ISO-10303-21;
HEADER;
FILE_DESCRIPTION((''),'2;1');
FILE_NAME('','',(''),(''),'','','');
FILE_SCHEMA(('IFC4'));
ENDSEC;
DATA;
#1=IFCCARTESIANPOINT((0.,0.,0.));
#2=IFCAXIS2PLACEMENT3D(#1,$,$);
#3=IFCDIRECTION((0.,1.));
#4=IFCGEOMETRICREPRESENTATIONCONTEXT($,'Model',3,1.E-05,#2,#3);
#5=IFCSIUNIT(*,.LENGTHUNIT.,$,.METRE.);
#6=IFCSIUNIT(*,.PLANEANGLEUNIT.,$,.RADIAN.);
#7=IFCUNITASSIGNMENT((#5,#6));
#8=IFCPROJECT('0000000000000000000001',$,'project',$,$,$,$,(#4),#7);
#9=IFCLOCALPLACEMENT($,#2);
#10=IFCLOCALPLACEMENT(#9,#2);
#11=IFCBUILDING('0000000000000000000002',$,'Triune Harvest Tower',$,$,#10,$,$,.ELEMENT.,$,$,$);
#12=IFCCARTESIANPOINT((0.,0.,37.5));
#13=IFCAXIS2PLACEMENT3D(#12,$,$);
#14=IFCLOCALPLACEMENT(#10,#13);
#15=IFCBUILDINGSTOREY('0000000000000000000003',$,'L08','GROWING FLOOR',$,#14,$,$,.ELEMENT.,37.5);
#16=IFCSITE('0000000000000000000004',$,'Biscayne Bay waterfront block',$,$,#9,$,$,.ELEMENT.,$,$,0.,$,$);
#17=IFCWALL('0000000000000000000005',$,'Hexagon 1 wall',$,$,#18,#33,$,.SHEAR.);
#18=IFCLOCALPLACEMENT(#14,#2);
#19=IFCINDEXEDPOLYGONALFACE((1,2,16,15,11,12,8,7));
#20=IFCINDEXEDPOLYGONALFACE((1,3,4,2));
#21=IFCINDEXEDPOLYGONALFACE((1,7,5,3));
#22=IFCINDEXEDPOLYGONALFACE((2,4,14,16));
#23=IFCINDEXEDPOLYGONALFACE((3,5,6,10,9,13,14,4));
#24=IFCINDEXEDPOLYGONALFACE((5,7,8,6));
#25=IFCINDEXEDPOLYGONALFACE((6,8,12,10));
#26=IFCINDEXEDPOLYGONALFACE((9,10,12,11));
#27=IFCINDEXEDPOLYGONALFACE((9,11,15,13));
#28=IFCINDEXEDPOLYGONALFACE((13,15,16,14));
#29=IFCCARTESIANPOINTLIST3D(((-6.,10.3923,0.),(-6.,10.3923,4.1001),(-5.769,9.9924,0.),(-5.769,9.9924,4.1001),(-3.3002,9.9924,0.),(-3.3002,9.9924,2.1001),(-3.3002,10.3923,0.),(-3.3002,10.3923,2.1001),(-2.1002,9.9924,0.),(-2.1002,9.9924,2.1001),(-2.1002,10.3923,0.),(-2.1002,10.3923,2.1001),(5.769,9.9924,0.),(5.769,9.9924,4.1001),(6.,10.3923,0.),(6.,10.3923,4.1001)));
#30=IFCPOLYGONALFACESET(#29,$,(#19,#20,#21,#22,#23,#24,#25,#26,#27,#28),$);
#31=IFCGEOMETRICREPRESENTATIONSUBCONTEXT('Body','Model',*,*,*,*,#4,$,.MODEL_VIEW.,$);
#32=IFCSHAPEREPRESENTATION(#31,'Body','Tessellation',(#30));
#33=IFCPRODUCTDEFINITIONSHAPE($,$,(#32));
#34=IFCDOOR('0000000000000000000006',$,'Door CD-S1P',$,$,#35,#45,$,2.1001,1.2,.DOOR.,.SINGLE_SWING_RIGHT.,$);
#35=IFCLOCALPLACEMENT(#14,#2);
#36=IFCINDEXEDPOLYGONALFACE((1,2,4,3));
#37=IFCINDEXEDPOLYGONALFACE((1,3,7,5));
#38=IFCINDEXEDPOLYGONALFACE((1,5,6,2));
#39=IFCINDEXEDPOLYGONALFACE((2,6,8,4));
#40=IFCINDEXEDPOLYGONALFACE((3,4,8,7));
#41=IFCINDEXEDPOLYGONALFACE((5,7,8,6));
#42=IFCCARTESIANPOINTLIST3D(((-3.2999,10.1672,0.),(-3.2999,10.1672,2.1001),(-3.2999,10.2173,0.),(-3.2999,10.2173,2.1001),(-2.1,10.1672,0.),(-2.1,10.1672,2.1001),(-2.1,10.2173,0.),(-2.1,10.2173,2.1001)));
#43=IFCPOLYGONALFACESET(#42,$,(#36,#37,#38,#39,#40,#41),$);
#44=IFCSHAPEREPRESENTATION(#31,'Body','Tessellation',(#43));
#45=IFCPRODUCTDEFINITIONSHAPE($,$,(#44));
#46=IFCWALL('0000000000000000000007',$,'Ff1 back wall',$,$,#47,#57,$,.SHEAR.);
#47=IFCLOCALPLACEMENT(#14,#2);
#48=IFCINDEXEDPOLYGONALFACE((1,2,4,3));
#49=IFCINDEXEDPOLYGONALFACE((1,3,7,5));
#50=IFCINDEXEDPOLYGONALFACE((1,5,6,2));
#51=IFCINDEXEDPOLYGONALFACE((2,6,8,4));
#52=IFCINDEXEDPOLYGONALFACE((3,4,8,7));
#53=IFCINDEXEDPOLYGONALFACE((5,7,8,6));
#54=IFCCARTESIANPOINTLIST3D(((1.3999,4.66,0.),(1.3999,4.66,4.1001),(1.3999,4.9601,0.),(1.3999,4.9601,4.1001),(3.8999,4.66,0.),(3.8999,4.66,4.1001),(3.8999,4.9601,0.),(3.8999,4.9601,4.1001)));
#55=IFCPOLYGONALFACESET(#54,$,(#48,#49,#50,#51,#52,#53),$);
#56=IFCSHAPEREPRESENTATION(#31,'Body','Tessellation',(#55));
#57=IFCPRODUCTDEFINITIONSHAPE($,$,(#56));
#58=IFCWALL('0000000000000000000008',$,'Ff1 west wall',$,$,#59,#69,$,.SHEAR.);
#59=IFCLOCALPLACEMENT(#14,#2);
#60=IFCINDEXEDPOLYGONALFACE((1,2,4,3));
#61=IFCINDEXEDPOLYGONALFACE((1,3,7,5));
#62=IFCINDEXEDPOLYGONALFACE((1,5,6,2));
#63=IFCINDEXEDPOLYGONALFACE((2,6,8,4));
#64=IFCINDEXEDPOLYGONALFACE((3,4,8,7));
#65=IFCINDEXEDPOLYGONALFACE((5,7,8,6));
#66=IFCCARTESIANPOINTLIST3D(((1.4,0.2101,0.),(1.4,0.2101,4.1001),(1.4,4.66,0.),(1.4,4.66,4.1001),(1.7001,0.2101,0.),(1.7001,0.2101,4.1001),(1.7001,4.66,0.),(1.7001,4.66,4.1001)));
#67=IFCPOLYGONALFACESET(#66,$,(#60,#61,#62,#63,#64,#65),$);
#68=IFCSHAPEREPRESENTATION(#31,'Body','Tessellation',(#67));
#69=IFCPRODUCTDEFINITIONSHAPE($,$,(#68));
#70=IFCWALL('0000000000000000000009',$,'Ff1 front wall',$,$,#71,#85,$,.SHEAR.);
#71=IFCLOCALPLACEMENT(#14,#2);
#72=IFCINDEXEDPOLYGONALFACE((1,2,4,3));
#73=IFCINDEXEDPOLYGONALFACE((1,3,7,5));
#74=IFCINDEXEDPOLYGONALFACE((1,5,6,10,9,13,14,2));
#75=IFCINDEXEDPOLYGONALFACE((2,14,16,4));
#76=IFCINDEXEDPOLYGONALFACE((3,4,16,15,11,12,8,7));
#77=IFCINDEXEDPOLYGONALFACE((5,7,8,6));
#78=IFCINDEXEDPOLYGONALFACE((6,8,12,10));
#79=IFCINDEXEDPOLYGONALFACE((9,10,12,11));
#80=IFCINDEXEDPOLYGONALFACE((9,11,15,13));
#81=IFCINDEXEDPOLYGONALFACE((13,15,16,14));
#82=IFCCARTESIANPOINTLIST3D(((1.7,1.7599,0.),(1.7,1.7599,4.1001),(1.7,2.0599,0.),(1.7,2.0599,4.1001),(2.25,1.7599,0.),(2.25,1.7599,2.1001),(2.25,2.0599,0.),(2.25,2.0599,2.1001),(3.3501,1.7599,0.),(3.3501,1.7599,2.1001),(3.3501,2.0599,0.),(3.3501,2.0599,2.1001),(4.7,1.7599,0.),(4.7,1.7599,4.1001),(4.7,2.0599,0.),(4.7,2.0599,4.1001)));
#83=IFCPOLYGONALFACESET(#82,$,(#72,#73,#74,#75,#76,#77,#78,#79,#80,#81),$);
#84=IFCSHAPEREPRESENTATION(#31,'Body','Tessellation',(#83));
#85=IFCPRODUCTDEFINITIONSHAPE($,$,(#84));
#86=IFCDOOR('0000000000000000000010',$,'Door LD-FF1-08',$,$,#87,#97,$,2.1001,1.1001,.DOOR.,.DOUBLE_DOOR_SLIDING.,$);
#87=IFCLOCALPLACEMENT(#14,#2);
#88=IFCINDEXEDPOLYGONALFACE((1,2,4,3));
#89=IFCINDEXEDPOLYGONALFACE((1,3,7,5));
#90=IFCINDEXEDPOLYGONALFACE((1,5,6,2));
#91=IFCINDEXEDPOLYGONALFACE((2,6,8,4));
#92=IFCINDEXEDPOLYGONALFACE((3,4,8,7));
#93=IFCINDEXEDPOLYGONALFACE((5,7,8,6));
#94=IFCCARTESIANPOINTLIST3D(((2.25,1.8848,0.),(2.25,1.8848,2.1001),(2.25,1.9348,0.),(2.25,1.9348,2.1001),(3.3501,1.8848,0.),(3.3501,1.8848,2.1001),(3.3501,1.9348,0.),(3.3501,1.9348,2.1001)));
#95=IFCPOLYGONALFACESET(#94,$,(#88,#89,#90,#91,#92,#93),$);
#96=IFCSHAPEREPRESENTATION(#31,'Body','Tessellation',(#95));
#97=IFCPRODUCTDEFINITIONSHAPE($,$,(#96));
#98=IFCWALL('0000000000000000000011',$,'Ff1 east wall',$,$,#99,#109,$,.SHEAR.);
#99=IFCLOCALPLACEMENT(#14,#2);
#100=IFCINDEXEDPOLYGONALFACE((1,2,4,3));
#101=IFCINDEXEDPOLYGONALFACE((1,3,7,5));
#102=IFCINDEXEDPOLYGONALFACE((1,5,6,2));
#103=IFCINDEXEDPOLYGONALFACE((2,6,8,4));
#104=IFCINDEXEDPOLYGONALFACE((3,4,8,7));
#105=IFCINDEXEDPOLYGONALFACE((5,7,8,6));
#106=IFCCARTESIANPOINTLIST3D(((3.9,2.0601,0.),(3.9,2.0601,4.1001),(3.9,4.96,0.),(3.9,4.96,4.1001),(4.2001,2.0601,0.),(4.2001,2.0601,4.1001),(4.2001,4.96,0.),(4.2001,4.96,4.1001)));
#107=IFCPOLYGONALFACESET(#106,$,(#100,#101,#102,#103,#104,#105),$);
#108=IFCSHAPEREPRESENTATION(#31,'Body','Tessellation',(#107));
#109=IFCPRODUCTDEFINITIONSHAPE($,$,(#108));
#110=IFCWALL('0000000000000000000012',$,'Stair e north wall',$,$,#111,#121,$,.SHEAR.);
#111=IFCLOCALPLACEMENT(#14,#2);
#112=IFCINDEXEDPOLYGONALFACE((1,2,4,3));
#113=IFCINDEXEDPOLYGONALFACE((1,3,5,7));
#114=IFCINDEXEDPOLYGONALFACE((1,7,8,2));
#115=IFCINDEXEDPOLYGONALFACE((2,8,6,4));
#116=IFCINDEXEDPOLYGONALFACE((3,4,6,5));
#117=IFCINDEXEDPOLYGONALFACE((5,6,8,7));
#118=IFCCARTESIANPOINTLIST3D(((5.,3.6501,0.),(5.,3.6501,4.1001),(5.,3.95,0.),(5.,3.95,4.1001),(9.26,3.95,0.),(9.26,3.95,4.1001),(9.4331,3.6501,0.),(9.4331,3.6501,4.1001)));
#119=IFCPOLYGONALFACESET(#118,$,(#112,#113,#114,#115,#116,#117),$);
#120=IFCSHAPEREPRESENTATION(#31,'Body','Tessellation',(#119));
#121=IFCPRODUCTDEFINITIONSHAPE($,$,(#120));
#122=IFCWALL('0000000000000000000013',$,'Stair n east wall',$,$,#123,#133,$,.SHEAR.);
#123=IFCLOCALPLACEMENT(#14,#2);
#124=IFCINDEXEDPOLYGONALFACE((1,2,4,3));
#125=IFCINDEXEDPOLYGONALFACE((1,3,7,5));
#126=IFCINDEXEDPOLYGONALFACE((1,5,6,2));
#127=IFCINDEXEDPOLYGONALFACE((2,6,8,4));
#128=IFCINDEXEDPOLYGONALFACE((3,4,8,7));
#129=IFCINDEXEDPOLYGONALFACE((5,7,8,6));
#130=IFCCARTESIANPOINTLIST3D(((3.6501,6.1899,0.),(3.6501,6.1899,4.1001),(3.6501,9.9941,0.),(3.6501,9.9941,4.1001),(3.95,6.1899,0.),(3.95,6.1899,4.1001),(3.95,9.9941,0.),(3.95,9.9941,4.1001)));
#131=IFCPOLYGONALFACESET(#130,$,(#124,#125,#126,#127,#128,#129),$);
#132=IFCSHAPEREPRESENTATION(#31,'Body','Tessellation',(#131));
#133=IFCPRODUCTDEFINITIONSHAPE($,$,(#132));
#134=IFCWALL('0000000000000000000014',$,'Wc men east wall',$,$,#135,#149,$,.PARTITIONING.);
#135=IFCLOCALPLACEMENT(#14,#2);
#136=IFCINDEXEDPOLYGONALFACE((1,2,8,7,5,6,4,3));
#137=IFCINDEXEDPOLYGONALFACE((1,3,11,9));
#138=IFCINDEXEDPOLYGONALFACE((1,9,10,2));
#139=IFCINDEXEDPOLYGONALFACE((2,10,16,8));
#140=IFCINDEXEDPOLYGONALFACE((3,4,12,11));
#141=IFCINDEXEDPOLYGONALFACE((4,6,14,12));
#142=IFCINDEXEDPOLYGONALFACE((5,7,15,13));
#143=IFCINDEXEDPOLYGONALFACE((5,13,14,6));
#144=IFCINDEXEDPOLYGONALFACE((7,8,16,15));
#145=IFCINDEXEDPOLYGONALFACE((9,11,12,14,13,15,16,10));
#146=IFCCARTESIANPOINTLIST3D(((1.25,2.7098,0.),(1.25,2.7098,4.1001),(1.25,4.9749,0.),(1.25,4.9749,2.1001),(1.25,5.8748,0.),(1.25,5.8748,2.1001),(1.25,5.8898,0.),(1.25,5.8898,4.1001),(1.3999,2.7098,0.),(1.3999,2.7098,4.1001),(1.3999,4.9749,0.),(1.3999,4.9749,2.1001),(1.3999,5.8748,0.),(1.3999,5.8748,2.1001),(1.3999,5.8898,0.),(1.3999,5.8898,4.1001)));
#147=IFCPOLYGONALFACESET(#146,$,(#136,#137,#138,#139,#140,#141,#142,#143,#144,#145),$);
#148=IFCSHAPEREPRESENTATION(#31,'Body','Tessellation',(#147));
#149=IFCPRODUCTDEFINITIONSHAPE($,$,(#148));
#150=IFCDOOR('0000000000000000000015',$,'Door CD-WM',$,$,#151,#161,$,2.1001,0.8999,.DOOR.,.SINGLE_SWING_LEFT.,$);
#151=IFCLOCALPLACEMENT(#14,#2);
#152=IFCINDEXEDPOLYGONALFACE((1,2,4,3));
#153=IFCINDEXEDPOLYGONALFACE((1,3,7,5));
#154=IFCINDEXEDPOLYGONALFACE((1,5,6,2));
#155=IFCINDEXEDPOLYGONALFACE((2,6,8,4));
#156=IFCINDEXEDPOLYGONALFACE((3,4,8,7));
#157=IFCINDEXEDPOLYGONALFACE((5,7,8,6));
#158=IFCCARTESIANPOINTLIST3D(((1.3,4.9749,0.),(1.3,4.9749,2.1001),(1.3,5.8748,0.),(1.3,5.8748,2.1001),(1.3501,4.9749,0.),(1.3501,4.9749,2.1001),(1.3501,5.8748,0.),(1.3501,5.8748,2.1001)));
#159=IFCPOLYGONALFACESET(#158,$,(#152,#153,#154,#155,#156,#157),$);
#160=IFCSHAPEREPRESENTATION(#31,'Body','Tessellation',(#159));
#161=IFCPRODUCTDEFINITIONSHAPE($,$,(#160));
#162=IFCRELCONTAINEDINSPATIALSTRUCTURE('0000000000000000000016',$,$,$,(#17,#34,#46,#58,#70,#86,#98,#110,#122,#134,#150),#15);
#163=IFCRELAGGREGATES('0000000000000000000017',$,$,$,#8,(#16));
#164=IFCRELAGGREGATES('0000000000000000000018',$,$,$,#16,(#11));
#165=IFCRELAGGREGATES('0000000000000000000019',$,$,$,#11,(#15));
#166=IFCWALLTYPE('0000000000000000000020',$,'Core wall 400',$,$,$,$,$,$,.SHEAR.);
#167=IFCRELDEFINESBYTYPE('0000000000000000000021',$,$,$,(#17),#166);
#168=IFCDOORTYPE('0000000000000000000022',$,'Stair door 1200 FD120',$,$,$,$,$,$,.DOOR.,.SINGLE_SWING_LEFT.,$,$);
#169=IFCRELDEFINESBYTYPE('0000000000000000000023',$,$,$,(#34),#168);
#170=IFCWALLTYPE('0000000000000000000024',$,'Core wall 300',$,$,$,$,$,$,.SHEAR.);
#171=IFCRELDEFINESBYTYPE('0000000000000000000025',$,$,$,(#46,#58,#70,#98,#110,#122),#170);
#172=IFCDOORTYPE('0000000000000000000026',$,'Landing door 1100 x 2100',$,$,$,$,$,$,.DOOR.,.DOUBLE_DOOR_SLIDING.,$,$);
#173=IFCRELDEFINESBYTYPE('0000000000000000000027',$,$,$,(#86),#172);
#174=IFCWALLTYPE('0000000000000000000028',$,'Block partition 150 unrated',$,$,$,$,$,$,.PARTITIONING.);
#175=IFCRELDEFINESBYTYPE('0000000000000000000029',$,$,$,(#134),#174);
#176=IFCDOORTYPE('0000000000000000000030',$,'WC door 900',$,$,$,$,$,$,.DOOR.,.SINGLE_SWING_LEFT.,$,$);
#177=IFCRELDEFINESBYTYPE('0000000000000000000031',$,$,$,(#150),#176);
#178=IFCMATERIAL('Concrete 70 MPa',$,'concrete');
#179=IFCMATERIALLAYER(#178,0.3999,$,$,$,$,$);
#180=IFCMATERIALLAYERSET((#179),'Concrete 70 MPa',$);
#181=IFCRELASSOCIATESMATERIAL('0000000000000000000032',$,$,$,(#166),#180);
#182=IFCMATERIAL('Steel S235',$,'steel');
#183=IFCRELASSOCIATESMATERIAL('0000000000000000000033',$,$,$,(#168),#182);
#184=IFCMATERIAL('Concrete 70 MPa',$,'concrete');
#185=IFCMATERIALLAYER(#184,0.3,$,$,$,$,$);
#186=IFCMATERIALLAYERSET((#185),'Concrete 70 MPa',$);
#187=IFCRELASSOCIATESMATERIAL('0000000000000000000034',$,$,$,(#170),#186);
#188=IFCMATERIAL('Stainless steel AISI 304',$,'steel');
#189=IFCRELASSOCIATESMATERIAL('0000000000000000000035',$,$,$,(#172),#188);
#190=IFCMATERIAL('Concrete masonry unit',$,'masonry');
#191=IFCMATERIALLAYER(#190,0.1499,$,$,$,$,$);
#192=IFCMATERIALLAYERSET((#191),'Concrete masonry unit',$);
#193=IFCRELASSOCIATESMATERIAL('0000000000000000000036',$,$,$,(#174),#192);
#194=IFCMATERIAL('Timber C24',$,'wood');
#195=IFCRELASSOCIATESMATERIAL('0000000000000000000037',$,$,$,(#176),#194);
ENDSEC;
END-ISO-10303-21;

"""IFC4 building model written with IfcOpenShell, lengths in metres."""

from ifc_helpers import new_model, si_unit, direction, frame, frame_2d, origin, place, context, subcontext, project, spatial, polyline, rectangle, outline, extrude, source, transform, mapped, material, layer, layer_set, type_object, element, fill, save


model = new_model("IFC4")

# Units and contexts
model_context = context("Model", 3, precision=1e-05, world=origin(), true_north=direction((0.0, 1.0)))
body_context = subcontext(model_context, "Body", "Model", "MODEL_VIEW")
ifc_project = project(units=[si_unit("LENGTHUNIT", "METRE"), si_unit("PLANEANGLEUNIT", "RADIAN")], contexts=[model_context])

# Site, building, storey
site_placement = place(None, origin())
site = spatial("IfcSite", under=ifc_project, at=site_placement, Name="Biscayne Bay waterfront block", CompositionType="ELEMENT", RefElevation=0.0)
building_placement = place(site_placement, origin())
building = spatial("IfcBuilding", under=site, at=building_placement, Name="Triune Harvest Tower", CompositionType="ELEMENT")
storey_placement = place(building_placement, frame((0.0, 0.0, 37.5)))
storey = spatial("IfcBuildingStorey", under=building, at=storey_placement, Name="L08", Description="GROWING FLOOR", CompositionType="ELEMENT", Elevation=37.5)

# Wall, opening, door
ifc_material_1 = material(Name="Concrete 70 MPa", Category="concrete")
ifc_layer_1 = layer(ifc_material_1, 0.3999)
ifc_layer_set_1 = layer_set([ifc_layer_1], Name="Concrete 70 MPa")
wall_type_1 = type_object("IfcWallType", Name="Core wall 400", PredefinedType="SHEAR", material=ifc_layer_set_1)
shared_shape_1 = source(origin(), body_context, "Body", "SweptSolid", [
    extrude(outline(polyline([(-0.1155, -0.2), (11.8845, -0.2), (11.6536, 0.2), (0.1155, 0.2), (-0.1155, -0.2)])), origin(), (0.0, 0.0, 1.0), 4.1001),
])
wall_1_placement = place(storey_placement, frame((5.8845, 10.1924, 0.0), z_axis=(0.0, 0.0, 1.0), x_axis=(-1.0, 0.0, 0.0)))
wall_1 = element("IfcWall", 1, at=wall_1_placement, inside=storey, type_object=wall_type_1, Name="Hexagon 1 wall", PredefinedType="SHEAR", context=body_context, shape_type="MappedRepresentation", body=[
    mapped(shared_shape_1, transform((0.0, 0.0, 0.0), scale=1.0)),
])
opening_1_placement = place(wall_1_placement, frame((7.9846, 0.0, 0.0)))
opening_1 = element("IfcOpeningElement", 2, at=opening_1_placement, cuts=wall_1, PredefinedType="OPENING", context=body_context, shape_type="SweptSolid", body=[
    extrude(rectangle(XDim=1.2, YDim=2.1001, at=frame_2d((0.6001, 1.05))), frame((0.0, 0.21, 0.0), z_axis=(0.0, -1.0, 0.0), x_axis=(1.0, 0.0, 0.0)), (0.0, 0.0, 1.0), 0.4199),
])
ifc_material_2 = material(Name="Steel S235", Category="steel")
door_type_1 = type_object("IfcDoorType", Name="Stair door 1200 FD120", OperationType="SINGLE_SWING_LEFT", PredefinedType="DOOR", material=ifc_material_2)
door_1_placement = place(opening_1_placement, frame((1.2, 0.0, 0.0), z_axis=(0.0, 0.0, 1.0), x_axis=(-1.0, 0.0, 0.0)))
door_1 = element("IfcDoor", 3, at=door_1_placement, inside=storey, type_object=door_type_1, Name="Door CD-S1P", OperationType="SINGLE_SWING_RIGHT", OverallHeight=2.1001, OverallWidth=1.2, PredefinedType="DOOR", context=body_context, shape_type="SweptSolid", body=[
    extrude(rectangle(XDim=1.2, YDim=2.1001, at=frame_2d((0.6001, 1.05))), frame((0.0, 0.0249, 0.0), z_axis=(0.0, -1.0, 0.0), x_axis=(1.0, 0.0, 0.0)), (0.0, 0.0, 1.0), 0.05),
])
fill(opening_1, door_1)

# Walls
ifc_material_3 = material(Name="Concrete 70 MPa", Category="concrete")
ifc_layer_2 = layer(ifc_material_3, 0.3)
ifc_layer_set_2 = layer_set([ifc_layer_2], Name="Concrete 70 MPa")
wall_type_2 = type_object("IfcWallType", Name="Core wall 300", PredefinedType="SHEAR", material=ifc_layer_set_2)
shared_shape_2 = source(origin(), body_context, "Body", "SweptSolid", [
    extrude(rectangle(XDim=2.5, YDim=0.3, at=frame_2d((1.25, 0.0))), origin(), (0.0, 0.0, 1.0), 4.1001),
])
wall_2_placement = place(storey_placement, frame((1.3999, 4.8101, 0.0), z_axis=(0.0, 0.0, 1.0), x_axis=(1.0, 0.0, 0.0)))
element("IfcWall", 4, at=wall_2_placement, inside=storey, type_object=wall_type_2, Name="Ff1 back wall", PredefinedType="SHEAR", context=body_context, shape_type="MappedRepresentation", body=[
    mapped(shared_shape_2, transform((0.0, 0.0, 0.0), scale=1.0)),
])
shared_shape_3 = source(origin(), body_context, "Body", "SweptSolid", [
    extrude(rectangle(XDim=4.45, YDim=0.3, at=frame_2d((2.2251, 0.0))), origin(), (0.0, 0.0, 1.0), 4.1001),
])
wall_3_placement = place(storey_placement, frame((1.55, 0.21, 0.0), z_axis=(0.0, 0.0, 1.0), x_axis=(0.0, 1.0, 0.0)))
element("IfcWall", 5, at=wall_3_placement, inside=storey, type_object=wall_type_2, Name="Ff1 west wall", PredefinedType="SHEAR", context=body_context, shape_type="MappedRepresentation", body=[
    mapped(shared_shape_3, transform((0.0, 0.0, 0.0), scale=1.0)),
])

# Wall, opening, door
shared_shape_4 = source(origin(), body_context, "Body", "SweptSolid", [
    extrude(rectangle(XDim=3.0, YDim=0.3, at=frame_2d((1.5, 0.0))), origin(), (0.0, 0.0, 1.0), 4.1001),
])
wall_4_placement = place(storey_placement, frame((1.7, 1.9099, 0.0), z_axis=(0.0, 0.0, 1.0), x_axis=(1.0, 0.0, 0.0)))
wall_4 = element("IfcWall", 6, at=wall_4_placement, inside=storey, type_object=wall_type_2, Name="Ff1 front wall", PredefinedType="SHEAR", context=body_context, shape_type="MappedRepresentation", body=[
    mapped(shared_shape_4, transform((0.0, 0.0, 0.0), scale=1.0)),
])
opening_2_placement = place(wall_4_placement, frame((0.55, 0.0, 0.0)))
opening_2 = element("IfcOpeningElement", 7, at=opening_2_placement, cuts=wall_4, PredefinedType="OPENING", context=body_context, shape_type="SweptSolid", body=[
    extrude(rectangle(XDim=1.1001, YDim=2.1001, at=frame_2d((0.55, 1.05))), frame((0.0, 0.1602, 0.0), z_axis=(0.0, -1.0, 0.0), x_axis=(1.0, 0.0, 0.0)), (0.0, 0.0, 1.0), 0.3201),
])
ifc_material_4 = material(Name="Stainless steel AISI 304", Category="steel")
door_type_2 = type_object("IfcDoorType", Name="Landing door 1100 x 2100", OperationType="DOUBLE_DOOR_SLIDING", PredefinedType="DOOR", material=ifc_material_4)
door_2_placement = place(opening_2_placement, origin())
door_2 = element("IfcDoor", 8, at=door_2_placement, inside=storey, type_object=door_type_2, Name="Door LD-FF1-08", OperationType="DOUBLE_DOOR_SLIDING", OverallHeight=2.1001, OverallWidth=1.1001, PredefinedType="DOOR", context=body_context, shape_type="SweptSolid", body=[
    extrude(rectangle(XDim=1.1001, YDim=2.1001, at=frame_2d((0.55, 1.05))), frame((0.0, 0.0249, 0.0), z_axis=(0.0, -1.0, 0.0), x_axis=(1.0, 0.0, 0.0)), (0.0, 0.0, 1.0), 0.05),
])
fill(opening_2, door_2)

# Walls
shared_shape_5 = source(origin(), body_context, "Body", "SweptSolid", [
    extrude(rectangle(XDim=2.8999, YDim=0.3, at=frame_2d((1.45, 0.0))), origin(), (0.0, 0.0, 1.0), 4.1001),
])
wall_5_placement = place(storey_placement, frame((4.05, 2.0601, 0.0), z_axis=(0.0, 0.0, 1.0), x_axis=(0.0, 1.0, 0.0)))
element("IfcWall", 9, at=wall_5_placement, inside=storey, type_object=wall_type_2, Name="Ff1 east wall", PredefinedType="SHEAR", context=body_context, shape_type="MappedRepresentation", body=[
    mapped(shared_shape_5, transform((0.0, 0.0, 0.0), scale=1.0)),
])
shared_shape_6 = source(origin(), body_context, "Body", "SweptSolid", [
    extrude(outline(polyline([(0.0, -0.1499), (0.0, 0.1499), (4.26, 0.1499), (4.4331, -0.1499), (0.0, -0.1499)])), origin(), (0.0, 0.0, 1.0), 4.1001),
])
wall_6_placement = place(storey_placement, frame((5.0, 3.8, 0.0), z_axis=(0.0, 0.0, 1.0), x_axis=(1.0, 0.0, 0.0)))
element("IfcWall", 10, at=wall_6_placement, inside=storey, type_object=wall_type_2, Name="Stair e north wall", PredefinedType="SHEAR", context=body_context, shape_type="MappedRepresentation", body=[
    mapped(shared_shape_6, transform((0.0, 0.0, 0.0), scale=1.0)),
])
shared_shape_7 = source(origin(), body_context, "Body", "SweptSolid", [
    extrude(outline(polyline([(0.0, -0.1499), (0.0, 0.1499), (3.8042, 0.1499), (3.8042, -0.1499), (0.0, -0.1499)])), origin(), (0.0, 0.0, 1.0), 4.1001),
])
wall_7_placement = place(storey_placement, frame((3.8, 6.1899, 0.0), z_axis=(0.0, 0.0, 1.0), x_axis=(0.0, 1.0, 0.0)))
element("IfcWall", 11, at=wall_7_placement, inside=storey, type_object=wall_type_2, Name="Stair n east wall", PredefinedType="SHEAR", context=body_context, shape_type="MappedRepresentation", body=[
    mapped(shared_shape_7, transform((0.0, 0.0, 0.0), scale=1.0)),
])

# Wall, opening, door
ifc_material_5 = material(Name="Concrete masonry unit", Category="masonry")
ifc_layer_3 = layer(ifc_material_5, 0.1499)
ifc_layer_set_3 = layer_set([ifc_layer_3], Name="Concrete masonry unit")
wall_type_3 = type_object("IfcWallType", Name="Block partition 150 unrated", PredefinedType="PARTITIONING", material=ifc_layer_set_3)
shared_shape_8 = source(origin(), body_context, "Body", "SweptSolid", [
    extrude(rectangle(XDim=3.1799, YDim=0.1499, at=frame_2d((1.5898, 0.0))), origin(), (0.0, 0.0, 1.0), 4.1001),
])
wall_8_placement = place(storey_placement, frame((1.325, 2.71, 0.0), z_axis=(0.0, 0.0, 1.0), x_axis=(0.0, 1.0, 0.0)))
wall_8 = element("IfcWall", 12, at=wall_8_placement, inside=storey, type_object=wall_type_3, Name="Wc men east wall", PredefinedType="PARTITIONING", context=body_context, shape_type="MappedRepresentation", body=[
    mapped(shared_shape_8, transform((0.0, 0.0, 0.0), scale=1.0)),
])
opening_3_placement = place(wall_8_placement, frame((2.2649, 0.0, 0.0)))
opening_3 = element("IfcOpeningElement", 13, at=opening_3_placement, cuts=wall_8, PredefinedType="OPENING", context=body_context, shape_type="SweptSolid", body=[
    extrude(rectangle(XDim=0.8999, YDim=2.1001, at=frame_2d((0.45, 1.05))), frame((0.0, 0.085, 0.0), z_axis=(0.0, -1.0, 0.0), x_axis=(1.0, 0.0, 0.0)), (0.0, 0.0, 1.0), 0.1699),
])
ifc_material_6 = material(Name="Timber C24", Category="wood")
door_type_3 = type_object("IfcDoorType", Name="WC door 900", OperationType="SINGLE_SWING_LEFT", PredefinedType="DOOR", material=ifc_material_6)
door_3_placement = place(opening_3_placement, origin())
door_3 = element("IfcDoor", 14, at=door_3_placement, inside=storey, type_object=door_type_3, Name="Door CD-WM", OperationType="SINGLE_SWING_LEFT", OverallHeight=2.1001, OverallWidth=0.8999, PredefinedType="DOOR", context=body_context, shape_type="SweptSolid", body=[
    extrude(rectangle(XDim=0.8999, YDim=2.1001, at=frame_2d((0.45, 1.05))), frame((0.0, 0.0249, 0.0), z_axis=(0.0, -1.0, 0.0), x_axis=(1.0, 0.0, 0.0)), (0.0, 0.0, 1.0), 0.05),
])
fill(opening_3, door_3)

save(model, "model.ifc")
